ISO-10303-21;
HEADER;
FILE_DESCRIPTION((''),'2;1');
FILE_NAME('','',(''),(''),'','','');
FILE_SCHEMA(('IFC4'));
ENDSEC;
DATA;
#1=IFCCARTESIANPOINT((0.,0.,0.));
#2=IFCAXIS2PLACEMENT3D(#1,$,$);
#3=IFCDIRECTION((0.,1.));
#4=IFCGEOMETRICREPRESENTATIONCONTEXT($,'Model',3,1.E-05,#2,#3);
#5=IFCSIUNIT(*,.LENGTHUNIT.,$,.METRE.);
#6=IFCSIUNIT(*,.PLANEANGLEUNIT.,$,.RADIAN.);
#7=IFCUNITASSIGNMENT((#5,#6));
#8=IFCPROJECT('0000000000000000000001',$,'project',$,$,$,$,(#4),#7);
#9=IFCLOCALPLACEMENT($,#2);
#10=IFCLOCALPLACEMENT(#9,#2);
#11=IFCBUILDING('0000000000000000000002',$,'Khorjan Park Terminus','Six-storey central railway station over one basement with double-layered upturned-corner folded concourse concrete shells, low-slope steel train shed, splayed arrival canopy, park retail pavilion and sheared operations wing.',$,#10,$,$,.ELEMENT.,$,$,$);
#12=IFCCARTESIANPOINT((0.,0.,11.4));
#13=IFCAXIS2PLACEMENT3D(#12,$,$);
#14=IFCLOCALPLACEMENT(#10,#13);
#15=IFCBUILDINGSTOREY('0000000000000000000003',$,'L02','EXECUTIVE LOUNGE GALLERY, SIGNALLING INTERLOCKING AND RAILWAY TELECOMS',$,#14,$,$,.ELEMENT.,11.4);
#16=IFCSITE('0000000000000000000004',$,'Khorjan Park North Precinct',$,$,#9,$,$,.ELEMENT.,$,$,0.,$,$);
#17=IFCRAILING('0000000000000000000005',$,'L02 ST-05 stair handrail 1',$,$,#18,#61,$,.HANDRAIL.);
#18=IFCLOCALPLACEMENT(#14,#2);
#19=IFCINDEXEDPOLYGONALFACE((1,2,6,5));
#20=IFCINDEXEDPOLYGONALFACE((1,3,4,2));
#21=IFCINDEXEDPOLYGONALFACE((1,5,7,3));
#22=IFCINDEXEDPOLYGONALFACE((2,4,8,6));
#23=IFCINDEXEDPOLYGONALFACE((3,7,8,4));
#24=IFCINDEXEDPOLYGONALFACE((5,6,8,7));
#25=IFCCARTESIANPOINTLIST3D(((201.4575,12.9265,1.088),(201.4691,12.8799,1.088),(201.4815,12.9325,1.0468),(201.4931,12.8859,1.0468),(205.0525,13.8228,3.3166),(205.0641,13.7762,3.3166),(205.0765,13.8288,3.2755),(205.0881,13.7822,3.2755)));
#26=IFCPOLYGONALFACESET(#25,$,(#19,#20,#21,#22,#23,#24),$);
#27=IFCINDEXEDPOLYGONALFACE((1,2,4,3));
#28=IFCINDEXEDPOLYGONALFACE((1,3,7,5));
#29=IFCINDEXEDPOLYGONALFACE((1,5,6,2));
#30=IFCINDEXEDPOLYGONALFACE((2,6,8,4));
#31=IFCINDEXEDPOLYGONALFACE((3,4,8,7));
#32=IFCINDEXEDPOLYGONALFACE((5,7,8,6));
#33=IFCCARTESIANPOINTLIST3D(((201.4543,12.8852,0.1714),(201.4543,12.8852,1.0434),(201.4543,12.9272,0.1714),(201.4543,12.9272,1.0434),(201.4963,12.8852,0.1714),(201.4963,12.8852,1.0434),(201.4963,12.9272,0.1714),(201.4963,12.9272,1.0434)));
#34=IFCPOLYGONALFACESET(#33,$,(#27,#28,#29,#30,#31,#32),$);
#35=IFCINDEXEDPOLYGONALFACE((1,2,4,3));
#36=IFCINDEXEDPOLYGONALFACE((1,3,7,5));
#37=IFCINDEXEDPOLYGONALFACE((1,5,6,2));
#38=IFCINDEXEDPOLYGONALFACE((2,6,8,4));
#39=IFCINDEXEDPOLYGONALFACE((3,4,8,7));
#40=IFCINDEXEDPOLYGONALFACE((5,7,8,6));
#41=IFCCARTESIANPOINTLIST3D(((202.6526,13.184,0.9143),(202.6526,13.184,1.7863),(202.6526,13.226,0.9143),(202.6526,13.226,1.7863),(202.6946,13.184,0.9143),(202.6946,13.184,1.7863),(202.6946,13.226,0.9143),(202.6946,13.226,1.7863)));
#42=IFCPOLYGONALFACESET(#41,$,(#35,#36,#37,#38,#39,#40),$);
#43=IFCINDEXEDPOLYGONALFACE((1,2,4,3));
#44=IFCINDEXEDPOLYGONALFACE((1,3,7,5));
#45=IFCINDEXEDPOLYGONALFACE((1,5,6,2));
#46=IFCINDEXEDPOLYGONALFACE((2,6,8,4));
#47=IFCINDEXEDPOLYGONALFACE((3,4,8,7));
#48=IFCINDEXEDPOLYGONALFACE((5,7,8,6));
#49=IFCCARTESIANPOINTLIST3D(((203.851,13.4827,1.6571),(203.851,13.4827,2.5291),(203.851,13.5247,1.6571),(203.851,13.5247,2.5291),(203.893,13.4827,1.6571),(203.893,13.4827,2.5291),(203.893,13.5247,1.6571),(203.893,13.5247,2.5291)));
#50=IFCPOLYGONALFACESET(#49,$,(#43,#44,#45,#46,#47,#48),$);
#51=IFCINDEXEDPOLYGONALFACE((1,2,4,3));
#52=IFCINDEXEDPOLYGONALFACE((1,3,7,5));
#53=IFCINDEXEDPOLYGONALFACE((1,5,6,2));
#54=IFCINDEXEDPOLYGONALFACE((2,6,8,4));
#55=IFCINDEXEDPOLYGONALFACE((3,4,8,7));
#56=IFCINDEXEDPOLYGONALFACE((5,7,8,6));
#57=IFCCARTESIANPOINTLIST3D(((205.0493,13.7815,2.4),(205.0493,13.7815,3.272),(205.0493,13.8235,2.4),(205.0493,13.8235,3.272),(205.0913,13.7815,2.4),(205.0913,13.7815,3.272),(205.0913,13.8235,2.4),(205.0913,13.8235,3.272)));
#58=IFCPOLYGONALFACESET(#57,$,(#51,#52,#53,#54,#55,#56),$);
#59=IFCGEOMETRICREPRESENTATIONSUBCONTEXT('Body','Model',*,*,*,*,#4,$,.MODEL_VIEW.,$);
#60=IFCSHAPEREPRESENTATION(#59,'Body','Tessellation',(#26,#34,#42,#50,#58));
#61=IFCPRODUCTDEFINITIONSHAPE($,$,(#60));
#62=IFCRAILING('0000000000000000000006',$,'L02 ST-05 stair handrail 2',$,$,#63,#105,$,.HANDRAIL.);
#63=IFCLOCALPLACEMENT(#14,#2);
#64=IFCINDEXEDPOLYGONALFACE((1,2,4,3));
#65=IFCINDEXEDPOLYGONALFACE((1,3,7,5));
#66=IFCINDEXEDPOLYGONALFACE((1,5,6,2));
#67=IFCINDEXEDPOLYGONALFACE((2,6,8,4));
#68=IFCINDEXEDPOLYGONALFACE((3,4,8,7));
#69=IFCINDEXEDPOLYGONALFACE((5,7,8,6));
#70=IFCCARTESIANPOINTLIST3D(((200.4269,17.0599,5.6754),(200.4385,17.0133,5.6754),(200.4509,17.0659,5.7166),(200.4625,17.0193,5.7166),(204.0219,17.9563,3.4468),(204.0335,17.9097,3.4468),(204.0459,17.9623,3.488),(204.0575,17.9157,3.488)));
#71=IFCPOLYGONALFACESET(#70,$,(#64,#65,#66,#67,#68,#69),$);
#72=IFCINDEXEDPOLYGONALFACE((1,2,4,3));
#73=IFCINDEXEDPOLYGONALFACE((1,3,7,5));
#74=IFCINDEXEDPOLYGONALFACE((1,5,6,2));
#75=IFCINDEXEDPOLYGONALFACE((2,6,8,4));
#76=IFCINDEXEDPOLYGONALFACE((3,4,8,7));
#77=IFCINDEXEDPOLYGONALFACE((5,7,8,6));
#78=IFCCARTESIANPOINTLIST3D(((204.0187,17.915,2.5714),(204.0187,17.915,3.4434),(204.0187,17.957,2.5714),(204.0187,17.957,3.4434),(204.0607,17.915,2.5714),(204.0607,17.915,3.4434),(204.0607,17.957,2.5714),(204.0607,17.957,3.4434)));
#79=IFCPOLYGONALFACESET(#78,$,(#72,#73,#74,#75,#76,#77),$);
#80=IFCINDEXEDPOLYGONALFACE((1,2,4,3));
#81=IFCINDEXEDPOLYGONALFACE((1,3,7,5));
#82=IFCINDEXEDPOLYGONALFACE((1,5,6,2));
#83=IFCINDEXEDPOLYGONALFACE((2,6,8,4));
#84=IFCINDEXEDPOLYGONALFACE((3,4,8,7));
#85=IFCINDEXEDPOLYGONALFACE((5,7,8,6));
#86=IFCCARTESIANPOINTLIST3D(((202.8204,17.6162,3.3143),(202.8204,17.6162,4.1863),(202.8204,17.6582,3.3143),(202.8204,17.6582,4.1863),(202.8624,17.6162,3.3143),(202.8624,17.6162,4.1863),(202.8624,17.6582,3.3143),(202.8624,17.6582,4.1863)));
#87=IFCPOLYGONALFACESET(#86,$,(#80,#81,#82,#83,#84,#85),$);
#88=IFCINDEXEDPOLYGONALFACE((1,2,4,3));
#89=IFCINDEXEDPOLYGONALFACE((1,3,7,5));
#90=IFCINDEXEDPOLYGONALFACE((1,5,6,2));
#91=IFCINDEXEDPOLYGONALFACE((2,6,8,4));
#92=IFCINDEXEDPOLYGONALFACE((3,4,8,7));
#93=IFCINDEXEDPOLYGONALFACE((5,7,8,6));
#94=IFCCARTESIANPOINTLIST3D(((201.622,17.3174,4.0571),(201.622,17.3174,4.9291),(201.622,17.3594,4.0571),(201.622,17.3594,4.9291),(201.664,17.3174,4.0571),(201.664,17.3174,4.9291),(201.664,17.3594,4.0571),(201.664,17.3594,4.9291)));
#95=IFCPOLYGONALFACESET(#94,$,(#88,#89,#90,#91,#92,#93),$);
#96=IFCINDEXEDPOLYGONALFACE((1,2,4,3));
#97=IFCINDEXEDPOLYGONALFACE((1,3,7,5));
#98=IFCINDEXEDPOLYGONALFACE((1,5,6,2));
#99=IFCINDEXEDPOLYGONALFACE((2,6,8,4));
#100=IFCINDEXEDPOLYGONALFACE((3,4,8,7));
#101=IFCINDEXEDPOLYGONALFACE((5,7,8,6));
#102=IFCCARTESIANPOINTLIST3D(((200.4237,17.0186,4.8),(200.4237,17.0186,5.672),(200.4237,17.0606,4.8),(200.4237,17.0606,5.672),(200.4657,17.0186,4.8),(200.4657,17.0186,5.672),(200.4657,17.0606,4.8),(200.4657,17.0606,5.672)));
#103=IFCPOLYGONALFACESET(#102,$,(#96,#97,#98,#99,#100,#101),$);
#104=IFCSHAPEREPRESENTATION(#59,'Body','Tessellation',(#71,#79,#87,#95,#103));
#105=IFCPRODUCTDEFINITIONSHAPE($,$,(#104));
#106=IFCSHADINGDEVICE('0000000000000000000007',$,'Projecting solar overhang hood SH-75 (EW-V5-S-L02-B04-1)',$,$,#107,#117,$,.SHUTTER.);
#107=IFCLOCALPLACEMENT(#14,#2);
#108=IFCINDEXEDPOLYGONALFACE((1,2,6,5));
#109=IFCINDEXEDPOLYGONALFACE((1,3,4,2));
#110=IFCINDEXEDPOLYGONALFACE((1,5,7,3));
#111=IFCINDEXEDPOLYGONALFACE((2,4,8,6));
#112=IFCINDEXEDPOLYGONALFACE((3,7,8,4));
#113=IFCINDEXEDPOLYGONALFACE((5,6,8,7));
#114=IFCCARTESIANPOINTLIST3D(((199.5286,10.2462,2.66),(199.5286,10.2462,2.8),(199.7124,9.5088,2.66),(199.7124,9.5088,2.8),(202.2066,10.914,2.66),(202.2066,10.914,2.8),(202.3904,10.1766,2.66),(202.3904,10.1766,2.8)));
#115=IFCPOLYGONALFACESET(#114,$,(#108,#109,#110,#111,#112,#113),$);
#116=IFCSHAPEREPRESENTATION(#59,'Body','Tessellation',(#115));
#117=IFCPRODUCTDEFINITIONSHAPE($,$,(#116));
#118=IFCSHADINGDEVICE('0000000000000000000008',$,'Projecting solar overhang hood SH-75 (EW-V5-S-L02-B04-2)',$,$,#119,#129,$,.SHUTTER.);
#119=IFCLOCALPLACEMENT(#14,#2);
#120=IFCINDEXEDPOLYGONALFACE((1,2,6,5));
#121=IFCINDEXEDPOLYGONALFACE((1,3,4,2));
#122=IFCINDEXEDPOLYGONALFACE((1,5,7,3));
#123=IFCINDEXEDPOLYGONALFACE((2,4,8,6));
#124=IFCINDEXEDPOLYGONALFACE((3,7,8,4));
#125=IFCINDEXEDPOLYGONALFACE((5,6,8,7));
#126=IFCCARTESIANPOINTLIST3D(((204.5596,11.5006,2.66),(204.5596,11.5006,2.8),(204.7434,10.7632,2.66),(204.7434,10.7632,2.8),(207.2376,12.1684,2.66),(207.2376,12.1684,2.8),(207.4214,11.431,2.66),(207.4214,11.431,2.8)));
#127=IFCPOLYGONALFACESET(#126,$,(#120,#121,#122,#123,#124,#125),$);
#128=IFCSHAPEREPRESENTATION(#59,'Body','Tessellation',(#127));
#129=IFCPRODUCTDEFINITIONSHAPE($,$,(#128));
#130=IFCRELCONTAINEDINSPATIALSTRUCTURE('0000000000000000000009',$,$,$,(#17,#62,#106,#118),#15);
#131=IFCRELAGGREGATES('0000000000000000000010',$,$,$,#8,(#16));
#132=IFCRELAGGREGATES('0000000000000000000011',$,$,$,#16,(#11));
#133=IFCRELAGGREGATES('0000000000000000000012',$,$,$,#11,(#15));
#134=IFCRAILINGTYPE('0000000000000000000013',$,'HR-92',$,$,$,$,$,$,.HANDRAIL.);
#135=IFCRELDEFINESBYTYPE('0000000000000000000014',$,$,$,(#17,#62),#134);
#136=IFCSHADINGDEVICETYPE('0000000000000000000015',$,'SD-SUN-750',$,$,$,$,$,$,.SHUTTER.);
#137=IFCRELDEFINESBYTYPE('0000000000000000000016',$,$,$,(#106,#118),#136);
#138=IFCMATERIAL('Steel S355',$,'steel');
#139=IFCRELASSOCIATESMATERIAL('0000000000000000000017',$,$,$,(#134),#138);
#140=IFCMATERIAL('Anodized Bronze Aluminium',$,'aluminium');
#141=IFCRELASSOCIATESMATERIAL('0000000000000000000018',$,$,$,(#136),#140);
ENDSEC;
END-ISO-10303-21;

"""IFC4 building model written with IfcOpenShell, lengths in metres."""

from ifc_helpers import new_model, si_unit, direction, frame, origin, origin_2d, place, context, subcontext, project, spatial, rectangle, extrude, material, type_object, element, save


model = new_model("IFC4")

# Units and contexts
model_context = context("Model", 3, precision=1e-05, world=origin(), true_north=direction((0.0, 1.0)))
body_context = subcontext(model_context, "Body", "Model", "MODEL_VIEW")
ifc_project = project(units=[si_unit("LENGTHUNIT", "METRE"), si_unit("PLANEANGLEUNIT", "RADIAN")], contexts=[model_context])

# Site, building, storey
site_placement = place(None, origin())
site = spatial("IfcSite", under=ifc_project, at=site_placement, Name="Khorjan Park North Precinct", CompositionType="ELEMENT", RefElevation=0.0)
building_placement = place(site_placement, origin())
building = spatial("IfcBuilding", under=site, at=building_placement, Name="Khorjan Park Terminus", Description="Six-storey central railway station over one basement with double-layered upturned-corner folded concourse concrete shells, low-slope steel train shed, splayed arrival canopy, park retail pavilion and sheared operations wing.", CompositionType="ELEMENT")
storey_placement = place(building_placement, frame((0.0, 0.0, 11.4)))
storey = spatial("IfcBuildingStorey", under=building, at=storey_placement, Name="L02", Description="EXECUTIVE LOUNGE GALLERY, SIGNALLING INTERLOCKING AND RAILWAY TELECOMS", CompositionType="ELEMENT", Elevation=11.4)

# Railings
ifc_material_1 = material(Name="Steel S355", Category="steel")
railing_type_1 = type_object("IfcRailingType", Name="HR-92", PredefinedType="HANDRAIL", material=ifc_material_1)
railing_1_placement = place(storey_placement, frame((201.4753, 12.9062, 0.1714)))
element("IfcRailing", 1, at=railing_1_placement, inside=storey, type_object=railing_type_1, Name="L02 ST-05 stair handrail 1", PredefinedType="HANDRAIL", context=body_context, shape_type="SweptSolid", body=[
    extrude(rectangle(XDim=0.048, YDim=0.048, at=origin_2d()), frame((0.0, 0.0, 0.896), z_axis=(0.831471, 0.207301, 0.515443), x_axis=(-0.241913, 0.970298, 0.0)), (0.0, 0.0, 1.0), 4.3237),
    extrude(rectangle(XDim=0.042, YDim=0.042, at=origin_2d()), origin(), (0.0, 0.0, 1.0), 0.872),
    extrude(rectangle(XDim=0.042, YDim=0.042, at=origin_2d()), frame((1.1983, 0.2988, 0.7429)), (0.0, 0.0, 1.0), 0.872),
    extrude(rectangle(XDim=0.042, YDim=0.042, at=origin_2d()), frame((2.3967, 0.5975, 1.4857)), (0.0, 0.0, 1.0), 0.872),
    extrude(rectangle(XDim=0.042, YDim=0.042, at=origin_2d()), frame((3.595, 0.8963, 2.2286)), (0.0, 0.0, 1.0), 0.872),
])
railing_2_placement = place(storey_placement, frame((204.0397, 17.936, 2.5714)))
element("IfcRailing", 2, at=railing_2_placement, inside=storey, type_object=railing_type_1, Name="L02 ST-05 stair handrail 2", PredefinedType="HANDRAIL", context=body_context, shape_type="SweptSolid", body=[
    extrude(rectangle(XDim=0.048, YDim=0.048, at=origin_2d()), frame((0.0, 0.0, 0.896), z_axis=(-0.831467, -0.207323, 0.51544), x_axis=(0.241939, -0.970292, 0.0)), (0.0, 0.0, 1.0), 4.3237),
    extrude(rectangle(XDim=0.042, YDim=0.042, at=origin_2d()), origin(), (0.0, 0.0, 1.0), 0.872),
    extrude(rectangle(XDim=0.042, YDim=0.042, at=origin_2d()), frame((-1.1983, -0.2988, 0.7429)), (0.0, 0.0, 1.0), 0.872),
    extrude(rectangle(XDim=0.042, YDim=0.042, at=origin_2d()), frame((-2.3967, -0.5976, 1.4857)), (0.0, 0.0, 1.0), 0.872),
    extrude(rectangle(XDim=0.042, YDim=0.042, at=origin_2d()), frame((-3.595, -0.8964, 2.2286)), (0.0, 0.0, 1.0), 0.872),
])

# Shading devices
ifc_material_2 = material(Name="Anodized Bronze Aluminium", Category="aluminium")
shading_device_type = type_object("IfcShadingDeviceType", Name="SD-SUN-750", PredefinedType="SHUTTER", material=ifc_material_2)
for number, where, z_axis, x_axis, name in (
    (3, (200.9595, 10.2114, 2.66), (0.0, 0.0, 1.0), (0.970294, 0.24193, 0.0), "Projecting solar overhang hood SH-75 (EW-V5-S-L02-B04-1)"),
    (4, (205.9905, 11.4658, 2.66), (0.0, 0.0, 1.0), (0.970294, 0.24193, 0.0), "Projecting solar overhang hood SH-75 (EW-V5-S-L02-B04-2)"),
):
    element("IfcShadingDevice", number, at=place(storey_placement, frame(where, z_axis=z_axis, x_axis=x_axis)), inside=storey, type_object=shading_device_type, Name=name, PredefinedType="SHUTTER", context=body_context, shape_type="SweptSolid", body=[
        extrude(rectangle(XDim=2.76, YDim=0.76, at=origin_2d()), origin(), (0.0, 0.0, 1.0), 0.14),
    ])

save(model, "model.ifc")
